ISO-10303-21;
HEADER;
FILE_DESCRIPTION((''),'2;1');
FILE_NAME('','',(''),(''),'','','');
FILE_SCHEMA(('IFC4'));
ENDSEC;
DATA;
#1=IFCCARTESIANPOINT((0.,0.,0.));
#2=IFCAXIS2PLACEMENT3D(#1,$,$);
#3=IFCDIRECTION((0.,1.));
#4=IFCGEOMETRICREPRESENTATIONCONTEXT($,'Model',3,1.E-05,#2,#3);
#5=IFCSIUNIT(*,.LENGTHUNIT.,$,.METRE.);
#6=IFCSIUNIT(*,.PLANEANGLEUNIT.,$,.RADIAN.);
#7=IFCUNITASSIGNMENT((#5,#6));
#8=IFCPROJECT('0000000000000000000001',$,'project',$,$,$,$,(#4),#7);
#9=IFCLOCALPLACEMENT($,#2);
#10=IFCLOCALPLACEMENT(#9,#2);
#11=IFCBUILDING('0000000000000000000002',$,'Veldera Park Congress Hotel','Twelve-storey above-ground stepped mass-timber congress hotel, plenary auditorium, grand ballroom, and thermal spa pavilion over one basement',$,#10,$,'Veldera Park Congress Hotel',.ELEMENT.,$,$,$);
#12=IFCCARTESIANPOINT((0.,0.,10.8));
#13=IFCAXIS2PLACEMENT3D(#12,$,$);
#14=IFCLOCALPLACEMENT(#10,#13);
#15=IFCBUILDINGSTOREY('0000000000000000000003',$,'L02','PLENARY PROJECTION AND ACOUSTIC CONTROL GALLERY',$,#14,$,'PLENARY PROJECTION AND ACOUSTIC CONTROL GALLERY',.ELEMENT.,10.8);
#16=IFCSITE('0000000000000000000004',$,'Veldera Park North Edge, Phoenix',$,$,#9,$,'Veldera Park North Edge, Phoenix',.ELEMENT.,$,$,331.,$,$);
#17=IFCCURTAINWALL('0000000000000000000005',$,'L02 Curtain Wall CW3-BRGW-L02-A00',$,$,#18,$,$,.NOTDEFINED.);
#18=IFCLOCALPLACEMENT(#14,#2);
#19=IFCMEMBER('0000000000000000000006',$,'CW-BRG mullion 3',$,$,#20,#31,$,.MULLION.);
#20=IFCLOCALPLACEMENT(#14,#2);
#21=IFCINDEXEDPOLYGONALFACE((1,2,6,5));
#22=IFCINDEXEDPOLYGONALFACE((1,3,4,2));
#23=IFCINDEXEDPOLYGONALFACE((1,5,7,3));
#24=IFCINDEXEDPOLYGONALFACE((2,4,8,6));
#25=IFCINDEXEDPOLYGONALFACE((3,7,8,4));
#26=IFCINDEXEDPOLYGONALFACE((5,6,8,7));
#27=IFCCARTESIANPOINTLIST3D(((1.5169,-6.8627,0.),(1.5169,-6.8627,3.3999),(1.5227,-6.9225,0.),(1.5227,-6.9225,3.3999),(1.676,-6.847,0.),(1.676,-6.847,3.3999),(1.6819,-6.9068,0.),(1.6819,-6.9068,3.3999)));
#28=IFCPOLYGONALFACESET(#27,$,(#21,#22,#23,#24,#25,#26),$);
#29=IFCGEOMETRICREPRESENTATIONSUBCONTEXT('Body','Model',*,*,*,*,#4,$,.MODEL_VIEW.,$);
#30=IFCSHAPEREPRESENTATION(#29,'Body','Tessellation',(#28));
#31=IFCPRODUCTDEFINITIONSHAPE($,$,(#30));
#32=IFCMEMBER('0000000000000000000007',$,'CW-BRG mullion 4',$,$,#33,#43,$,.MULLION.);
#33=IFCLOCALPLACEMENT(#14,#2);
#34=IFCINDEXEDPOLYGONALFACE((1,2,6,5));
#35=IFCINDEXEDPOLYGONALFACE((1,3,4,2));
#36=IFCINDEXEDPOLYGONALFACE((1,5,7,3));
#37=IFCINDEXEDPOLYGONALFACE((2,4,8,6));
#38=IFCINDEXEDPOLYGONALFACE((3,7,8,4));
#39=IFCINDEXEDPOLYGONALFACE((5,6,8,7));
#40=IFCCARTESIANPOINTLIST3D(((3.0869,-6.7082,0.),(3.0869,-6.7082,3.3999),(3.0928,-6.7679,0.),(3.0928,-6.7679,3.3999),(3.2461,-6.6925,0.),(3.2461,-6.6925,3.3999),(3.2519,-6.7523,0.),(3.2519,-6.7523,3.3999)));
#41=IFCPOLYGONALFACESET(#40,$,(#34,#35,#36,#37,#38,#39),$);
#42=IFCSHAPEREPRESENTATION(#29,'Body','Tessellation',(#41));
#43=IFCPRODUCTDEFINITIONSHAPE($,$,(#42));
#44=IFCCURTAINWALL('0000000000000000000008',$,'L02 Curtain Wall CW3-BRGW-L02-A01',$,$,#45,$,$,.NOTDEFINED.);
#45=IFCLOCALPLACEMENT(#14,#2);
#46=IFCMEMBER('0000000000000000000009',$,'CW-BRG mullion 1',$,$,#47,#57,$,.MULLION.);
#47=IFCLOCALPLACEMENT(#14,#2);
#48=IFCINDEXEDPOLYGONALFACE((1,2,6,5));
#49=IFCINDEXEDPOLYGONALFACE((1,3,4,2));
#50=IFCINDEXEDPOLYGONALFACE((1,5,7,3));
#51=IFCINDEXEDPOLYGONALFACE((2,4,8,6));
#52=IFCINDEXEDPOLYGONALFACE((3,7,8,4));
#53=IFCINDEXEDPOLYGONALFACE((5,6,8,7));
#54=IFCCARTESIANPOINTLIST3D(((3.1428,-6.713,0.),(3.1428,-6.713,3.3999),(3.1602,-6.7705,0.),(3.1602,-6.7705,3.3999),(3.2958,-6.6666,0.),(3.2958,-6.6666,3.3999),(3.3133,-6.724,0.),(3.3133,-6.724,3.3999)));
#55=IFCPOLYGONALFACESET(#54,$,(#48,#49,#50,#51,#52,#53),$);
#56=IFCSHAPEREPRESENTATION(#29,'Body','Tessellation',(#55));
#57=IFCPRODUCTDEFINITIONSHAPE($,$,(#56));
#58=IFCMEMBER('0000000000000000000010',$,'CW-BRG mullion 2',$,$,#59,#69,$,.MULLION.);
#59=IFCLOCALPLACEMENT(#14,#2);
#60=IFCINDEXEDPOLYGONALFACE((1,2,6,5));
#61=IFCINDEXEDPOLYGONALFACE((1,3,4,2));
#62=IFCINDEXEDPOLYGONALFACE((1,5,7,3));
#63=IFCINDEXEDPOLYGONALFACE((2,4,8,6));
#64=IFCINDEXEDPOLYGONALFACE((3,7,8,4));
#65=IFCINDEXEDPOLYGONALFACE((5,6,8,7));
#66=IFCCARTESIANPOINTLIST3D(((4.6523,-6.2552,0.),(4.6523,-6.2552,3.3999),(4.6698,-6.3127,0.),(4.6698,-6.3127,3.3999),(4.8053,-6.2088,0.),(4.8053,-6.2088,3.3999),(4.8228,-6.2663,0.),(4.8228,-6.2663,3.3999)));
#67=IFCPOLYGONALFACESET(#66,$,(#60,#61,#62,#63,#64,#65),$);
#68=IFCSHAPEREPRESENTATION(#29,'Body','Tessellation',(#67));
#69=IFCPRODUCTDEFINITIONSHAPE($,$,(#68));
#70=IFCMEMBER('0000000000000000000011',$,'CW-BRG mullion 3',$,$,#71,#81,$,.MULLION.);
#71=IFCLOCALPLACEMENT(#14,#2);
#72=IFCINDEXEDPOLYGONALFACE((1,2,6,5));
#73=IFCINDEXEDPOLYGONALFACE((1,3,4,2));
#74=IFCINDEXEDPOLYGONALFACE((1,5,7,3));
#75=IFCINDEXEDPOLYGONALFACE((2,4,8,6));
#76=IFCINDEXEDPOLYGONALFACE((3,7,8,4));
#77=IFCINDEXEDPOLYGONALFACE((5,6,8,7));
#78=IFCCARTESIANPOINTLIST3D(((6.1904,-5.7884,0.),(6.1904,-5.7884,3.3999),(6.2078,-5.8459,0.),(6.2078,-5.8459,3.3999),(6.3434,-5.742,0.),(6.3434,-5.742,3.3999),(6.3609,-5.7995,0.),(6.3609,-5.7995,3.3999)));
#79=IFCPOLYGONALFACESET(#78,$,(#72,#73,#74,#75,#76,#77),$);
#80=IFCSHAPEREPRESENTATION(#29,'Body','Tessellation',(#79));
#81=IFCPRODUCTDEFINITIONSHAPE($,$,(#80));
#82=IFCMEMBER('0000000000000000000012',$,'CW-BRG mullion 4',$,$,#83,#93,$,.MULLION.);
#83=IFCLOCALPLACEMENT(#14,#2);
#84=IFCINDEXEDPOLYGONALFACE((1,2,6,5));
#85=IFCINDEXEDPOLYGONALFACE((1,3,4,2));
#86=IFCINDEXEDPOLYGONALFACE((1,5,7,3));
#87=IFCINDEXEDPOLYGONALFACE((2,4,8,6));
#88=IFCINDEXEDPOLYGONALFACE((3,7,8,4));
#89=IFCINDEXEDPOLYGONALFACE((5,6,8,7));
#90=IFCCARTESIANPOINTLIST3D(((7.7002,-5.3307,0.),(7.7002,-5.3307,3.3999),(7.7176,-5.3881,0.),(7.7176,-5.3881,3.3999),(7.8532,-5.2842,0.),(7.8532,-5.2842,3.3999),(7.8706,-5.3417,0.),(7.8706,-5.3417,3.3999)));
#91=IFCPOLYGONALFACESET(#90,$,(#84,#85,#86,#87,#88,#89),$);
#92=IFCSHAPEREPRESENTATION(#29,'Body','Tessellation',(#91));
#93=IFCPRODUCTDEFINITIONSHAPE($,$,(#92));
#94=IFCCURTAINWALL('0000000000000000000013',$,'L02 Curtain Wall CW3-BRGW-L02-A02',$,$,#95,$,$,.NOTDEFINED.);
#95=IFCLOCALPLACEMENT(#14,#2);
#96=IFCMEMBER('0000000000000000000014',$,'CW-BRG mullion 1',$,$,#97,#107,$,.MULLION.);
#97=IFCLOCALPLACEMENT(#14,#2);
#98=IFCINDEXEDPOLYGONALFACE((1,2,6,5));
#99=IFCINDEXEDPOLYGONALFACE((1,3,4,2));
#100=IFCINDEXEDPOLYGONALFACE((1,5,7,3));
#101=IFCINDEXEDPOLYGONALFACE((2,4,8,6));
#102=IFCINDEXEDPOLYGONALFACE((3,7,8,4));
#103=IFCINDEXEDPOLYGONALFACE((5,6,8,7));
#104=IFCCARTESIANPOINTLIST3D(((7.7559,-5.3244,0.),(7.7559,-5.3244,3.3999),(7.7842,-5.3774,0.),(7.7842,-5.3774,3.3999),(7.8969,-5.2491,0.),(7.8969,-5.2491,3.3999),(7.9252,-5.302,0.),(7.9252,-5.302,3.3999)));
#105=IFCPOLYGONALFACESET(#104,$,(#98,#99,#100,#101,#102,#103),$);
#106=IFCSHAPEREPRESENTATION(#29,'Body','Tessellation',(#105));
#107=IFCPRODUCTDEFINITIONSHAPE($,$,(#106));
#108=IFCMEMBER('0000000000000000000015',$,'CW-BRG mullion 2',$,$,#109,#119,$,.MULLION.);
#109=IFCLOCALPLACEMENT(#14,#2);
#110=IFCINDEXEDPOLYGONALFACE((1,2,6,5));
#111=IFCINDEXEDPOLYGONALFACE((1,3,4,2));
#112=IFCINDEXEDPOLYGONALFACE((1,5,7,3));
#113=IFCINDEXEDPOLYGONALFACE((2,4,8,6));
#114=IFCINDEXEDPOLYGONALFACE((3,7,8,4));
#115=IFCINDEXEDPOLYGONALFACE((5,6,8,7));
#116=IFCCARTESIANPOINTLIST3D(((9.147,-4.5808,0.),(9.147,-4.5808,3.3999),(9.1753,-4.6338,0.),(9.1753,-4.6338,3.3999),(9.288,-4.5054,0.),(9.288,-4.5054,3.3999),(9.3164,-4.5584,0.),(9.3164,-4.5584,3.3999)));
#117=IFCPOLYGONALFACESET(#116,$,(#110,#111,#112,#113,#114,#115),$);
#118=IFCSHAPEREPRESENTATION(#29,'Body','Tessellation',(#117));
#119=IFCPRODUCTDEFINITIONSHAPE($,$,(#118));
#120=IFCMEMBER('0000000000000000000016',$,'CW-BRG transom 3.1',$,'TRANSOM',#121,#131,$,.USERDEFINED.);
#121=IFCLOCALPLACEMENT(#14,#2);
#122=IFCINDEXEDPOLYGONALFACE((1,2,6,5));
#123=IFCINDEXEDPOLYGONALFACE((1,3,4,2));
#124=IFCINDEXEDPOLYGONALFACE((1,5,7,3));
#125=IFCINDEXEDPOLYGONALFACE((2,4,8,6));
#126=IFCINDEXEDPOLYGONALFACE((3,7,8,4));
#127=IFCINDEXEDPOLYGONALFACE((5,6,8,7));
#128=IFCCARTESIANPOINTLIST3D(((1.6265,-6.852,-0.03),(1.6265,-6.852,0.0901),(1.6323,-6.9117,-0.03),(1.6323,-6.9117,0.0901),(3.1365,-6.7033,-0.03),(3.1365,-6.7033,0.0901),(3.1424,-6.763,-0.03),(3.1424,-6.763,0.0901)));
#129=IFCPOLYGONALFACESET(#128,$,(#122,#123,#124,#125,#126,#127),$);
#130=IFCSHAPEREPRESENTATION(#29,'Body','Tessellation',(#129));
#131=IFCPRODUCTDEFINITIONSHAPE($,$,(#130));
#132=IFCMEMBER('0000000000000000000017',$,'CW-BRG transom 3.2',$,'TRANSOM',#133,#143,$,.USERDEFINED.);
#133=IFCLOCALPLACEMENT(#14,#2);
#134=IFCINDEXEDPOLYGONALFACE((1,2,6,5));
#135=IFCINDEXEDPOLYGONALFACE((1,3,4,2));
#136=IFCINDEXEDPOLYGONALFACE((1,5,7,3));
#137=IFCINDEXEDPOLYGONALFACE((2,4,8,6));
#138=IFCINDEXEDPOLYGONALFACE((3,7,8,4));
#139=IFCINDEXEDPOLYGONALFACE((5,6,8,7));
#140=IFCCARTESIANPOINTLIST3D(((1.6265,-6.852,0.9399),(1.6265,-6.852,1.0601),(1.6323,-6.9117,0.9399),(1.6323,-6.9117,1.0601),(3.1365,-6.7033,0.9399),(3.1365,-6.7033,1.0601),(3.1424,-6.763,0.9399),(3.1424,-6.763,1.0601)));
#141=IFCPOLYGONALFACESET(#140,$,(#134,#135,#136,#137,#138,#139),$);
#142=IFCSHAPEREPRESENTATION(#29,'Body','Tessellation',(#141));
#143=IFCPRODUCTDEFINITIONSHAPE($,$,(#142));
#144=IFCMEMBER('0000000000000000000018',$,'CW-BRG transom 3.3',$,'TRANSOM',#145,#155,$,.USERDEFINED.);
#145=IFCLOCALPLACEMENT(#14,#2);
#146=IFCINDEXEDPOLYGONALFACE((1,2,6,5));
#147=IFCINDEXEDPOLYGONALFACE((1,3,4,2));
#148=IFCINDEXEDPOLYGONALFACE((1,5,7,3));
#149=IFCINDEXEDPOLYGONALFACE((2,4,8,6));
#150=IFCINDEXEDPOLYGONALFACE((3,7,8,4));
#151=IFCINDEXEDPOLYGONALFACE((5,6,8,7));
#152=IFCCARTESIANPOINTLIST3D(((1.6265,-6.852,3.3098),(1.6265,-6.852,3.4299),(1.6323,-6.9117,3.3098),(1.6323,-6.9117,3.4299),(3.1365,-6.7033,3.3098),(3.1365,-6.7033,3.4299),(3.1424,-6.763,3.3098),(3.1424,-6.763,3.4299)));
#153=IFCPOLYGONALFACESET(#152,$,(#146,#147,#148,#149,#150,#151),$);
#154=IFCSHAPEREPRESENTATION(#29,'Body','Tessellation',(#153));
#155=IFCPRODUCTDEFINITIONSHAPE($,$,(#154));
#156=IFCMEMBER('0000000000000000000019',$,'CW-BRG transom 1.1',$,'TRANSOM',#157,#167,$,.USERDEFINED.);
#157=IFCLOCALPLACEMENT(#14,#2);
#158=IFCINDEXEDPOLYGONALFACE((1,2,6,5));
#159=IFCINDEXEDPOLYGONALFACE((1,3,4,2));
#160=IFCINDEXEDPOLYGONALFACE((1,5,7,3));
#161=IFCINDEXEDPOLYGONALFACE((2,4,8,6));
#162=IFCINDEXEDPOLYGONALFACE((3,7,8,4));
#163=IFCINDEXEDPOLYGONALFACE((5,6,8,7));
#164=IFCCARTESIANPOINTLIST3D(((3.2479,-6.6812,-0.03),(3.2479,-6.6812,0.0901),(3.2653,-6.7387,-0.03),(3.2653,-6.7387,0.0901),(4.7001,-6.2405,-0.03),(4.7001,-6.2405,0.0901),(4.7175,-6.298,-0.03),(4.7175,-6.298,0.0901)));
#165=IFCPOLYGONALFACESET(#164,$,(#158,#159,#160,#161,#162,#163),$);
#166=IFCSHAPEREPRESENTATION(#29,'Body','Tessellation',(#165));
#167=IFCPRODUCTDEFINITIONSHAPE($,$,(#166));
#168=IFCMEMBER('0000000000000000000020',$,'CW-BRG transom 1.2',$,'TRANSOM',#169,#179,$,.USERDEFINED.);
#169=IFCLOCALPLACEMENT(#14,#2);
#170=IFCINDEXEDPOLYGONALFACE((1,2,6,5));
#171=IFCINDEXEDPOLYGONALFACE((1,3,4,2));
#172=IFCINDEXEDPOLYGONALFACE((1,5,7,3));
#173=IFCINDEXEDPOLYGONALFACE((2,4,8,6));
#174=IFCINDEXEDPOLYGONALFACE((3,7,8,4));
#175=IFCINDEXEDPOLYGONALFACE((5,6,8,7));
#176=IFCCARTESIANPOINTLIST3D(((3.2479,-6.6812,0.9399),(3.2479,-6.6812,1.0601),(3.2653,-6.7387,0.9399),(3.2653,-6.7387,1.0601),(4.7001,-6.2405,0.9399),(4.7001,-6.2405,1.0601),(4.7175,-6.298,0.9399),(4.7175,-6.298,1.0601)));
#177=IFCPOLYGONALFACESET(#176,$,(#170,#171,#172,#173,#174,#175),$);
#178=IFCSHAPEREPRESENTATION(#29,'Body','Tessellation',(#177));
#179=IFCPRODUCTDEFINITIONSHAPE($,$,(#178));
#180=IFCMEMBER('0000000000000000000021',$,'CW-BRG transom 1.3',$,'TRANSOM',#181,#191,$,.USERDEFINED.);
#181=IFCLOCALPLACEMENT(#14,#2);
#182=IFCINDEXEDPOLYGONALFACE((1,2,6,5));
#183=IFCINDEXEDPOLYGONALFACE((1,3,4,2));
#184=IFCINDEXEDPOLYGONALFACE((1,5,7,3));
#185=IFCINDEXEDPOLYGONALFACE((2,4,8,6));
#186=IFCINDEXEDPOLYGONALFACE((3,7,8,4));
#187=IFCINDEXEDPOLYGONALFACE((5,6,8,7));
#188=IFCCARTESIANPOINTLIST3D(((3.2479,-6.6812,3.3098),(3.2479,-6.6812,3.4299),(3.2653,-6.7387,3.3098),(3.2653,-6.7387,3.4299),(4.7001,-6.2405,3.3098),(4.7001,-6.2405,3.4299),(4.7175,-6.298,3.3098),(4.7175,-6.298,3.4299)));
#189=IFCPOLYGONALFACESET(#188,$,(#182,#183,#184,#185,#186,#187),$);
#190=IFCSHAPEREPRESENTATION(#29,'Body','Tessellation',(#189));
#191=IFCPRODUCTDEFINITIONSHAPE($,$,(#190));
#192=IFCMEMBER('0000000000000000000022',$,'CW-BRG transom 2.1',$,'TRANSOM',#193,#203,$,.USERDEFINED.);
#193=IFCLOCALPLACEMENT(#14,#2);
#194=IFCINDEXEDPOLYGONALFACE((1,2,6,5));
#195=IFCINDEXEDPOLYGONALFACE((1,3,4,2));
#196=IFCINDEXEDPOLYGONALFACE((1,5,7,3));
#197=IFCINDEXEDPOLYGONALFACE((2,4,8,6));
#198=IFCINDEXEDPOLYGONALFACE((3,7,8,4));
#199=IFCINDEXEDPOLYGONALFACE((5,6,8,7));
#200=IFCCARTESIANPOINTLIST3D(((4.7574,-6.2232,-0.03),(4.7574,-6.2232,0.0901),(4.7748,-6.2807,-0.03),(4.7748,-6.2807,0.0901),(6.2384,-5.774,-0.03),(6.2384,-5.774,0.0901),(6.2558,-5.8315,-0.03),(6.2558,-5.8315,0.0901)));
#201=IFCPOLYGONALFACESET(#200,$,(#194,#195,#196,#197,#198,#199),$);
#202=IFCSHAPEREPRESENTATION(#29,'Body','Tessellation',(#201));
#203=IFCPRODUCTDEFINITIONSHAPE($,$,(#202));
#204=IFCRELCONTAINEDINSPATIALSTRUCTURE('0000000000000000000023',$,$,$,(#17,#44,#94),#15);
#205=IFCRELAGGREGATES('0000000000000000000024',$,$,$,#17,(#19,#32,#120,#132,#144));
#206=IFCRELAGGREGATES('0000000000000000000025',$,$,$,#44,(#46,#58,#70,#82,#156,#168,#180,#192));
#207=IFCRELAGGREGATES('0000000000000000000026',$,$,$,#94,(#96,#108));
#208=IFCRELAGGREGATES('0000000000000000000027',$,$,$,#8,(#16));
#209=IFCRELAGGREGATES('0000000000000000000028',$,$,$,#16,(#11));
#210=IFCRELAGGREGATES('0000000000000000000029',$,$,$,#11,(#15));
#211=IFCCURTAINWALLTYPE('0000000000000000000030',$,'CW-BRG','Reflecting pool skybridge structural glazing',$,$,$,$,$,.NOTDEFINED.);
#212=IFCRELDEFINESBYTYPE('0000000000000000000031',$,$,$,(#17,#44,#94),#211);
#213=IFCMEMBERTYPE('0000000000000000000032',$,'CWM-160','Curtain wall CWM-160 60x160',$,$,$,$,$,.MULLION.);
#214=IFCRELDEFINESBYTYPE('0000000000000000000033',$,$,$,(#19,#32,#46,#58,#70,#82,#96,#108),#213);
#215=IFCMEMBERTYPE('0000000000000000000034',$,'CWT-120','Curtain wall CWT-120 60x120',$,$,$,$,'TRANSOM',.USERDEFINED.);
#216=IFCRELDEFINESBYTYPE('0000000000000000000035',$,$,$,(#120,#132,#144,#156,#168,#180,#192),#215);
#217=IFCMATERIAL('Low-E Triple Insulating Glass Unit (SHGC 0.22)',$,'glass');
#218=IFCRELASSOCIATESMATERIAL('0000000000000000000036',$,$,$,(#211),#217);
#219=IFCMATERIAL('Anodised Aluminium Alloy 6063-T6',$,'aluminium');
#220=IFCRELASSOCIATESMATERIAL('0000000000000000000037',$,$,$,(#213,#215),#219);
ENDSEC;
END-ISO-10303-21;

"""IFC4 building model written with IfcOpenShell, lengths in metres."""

from ifc_helpers import new_model, si_unit, direction, frame, origin, origin_2d, place, context, subcontext, project, spatial, rectangle, extrude, material, material_profile, profile_set, type_object, element, aggregate, save


model = new_model("IFC4")

# Units and contexts
model_context = context("Model", 3, precision=1e-05, world=origin(), true_north=direction((0.0, 1.0)))
body_context = subcontext(model_context, "Body", "Model", "MODEL_VIEW")
ifc_project = project(units=[si_unit("LENGTHUNIT", "METRE"), si_unit("PLANEANGLEUNIT", "RADIAN")], contexts=[model_context])

# Site, building, storey
site_placement = place(None, origin())
site = spatial("IfcSite", under=ifc_project, at=site_placement, Name="Veldera Park North Edge, Phoenix", LongName="Veldera Park North Edge, Phoenix", CompositionType="ELEMENT", RefElevation=331.0)
building_placement = place(site_placement, origin())
building = spatial("IfcBuilding", under=site, at=building_placement, Name="Veldera Park Congress Hotel", Description="Twelve-storey above-ground stepped mass-timber congress hotel, plenary auditorium, grand ballroom, and thermal spa pavilion over one basement", LongName="Veldera Park Congress Hotel", CompositionType="ELEMENT")
storey_placement = place(building_placement, frame((0.0, 0.0, 10.8)))
storey = spatial("IfcBuildingStorey", under=building, at=storey_placement, Name="L02", Description="PLENARY PROJECTION AND ACOUSTIC CONTROL GALLERY", LongName="PLENARY PROJECTION AND ACOUSTIC CONTROL GALLERY", CompositionType="ELEMENT", Elevation=10.8)

# Curtain walls, members
ifc_material_1 = material(Name="Low-E Triple Insulating Glass Unit (SHGC 0.22)", Category="glass")
curtain_wall_type = type_object("IfcCurtainWallType", Name="CW-BRG", Description="Reflecting pool skybridge structural glazing", PredefinedType="NOTDEFINED", material=ifc_material_1)
curtain_wall_1_placement = place(storey_placement, origin())
curtain_wall_1 = element("IfcCurtainWall", 1, at=curtain_wall_1_placement, inside=storey, type_object=curtain_wall_type, Name="L02 Curtain Wall CW3-BRGW-L02-A00", PredefinedType="NOTDEFINED")
ifc_material_2 = material(Name="Anodised Aluminium Alloy 6063-T6", Category="aluminium")
ifc_material_profile_1 = material_profile(ifc_material_2, rectangle(XDim=0.0601, YDim=0.1599, at=origin_2d()), Name="ALU 60x160")
ifc_profile_set_1 = profile_set([ifc_material_profile_1], Name="Anodised Aluminium Alloy 6063-T6")
member_type_1 = type_object("IfcMemberType", Name="CWM-160", Description="Curtain wall CWM-160 60x160", PredefinedType="MULLION", material=ifc_profile_set_1)
member_1_placement = place(storey_placement, frame((1.5994, -6.8848, 0.0), z_axis=(0.0, 0.0, 1.0), x_axis=(-0.098021, 0.995184, 0.0)))
member_1 = element("IfcMember", 2, at=member_1_placement, type_object=member_type_1, Name="CW-BRG mullion 3", PredefinedType="MULLION", context=body_context, shape_type="SweptSolid", body=[
    extrude(rectangle(XDim=0.0601, YDim=0.1599, at=origin_2d()), origin(), (0.0, 0.0, 1.0), 3.3999),
])
member_2_placement = place(storey_placement, frame((3.1694, -6.7302, 0.0), z_axis=(0.0, 0.0, 1.0), x_axis=(-0.098021, 0.995184, 0.0)))
member_2 = element("IfcMember", 3, at=member_2_placement, type_object=member_type_1, Name="CW-BRG mullion 4", PredefinedType="MULLION", context=body_context, shape_type="SweptSolid", body=[
    extrude(rectangle(XDim=0.0601, YDim=0.1599, at=origin_2d()), origin(), (0.0, 0.0, 1.0), 3.3999),
])
curtain_wall_2_placement = place(storey_placement, origin())
curtain_wall_2 = element("IfcCurtainWall", 4, at=curtain_wall_2_placement, inside=storey, type_object=curtain_wall_type, Name="L02 Curtain Wall CW3-BRGW-L02-A01", PredefinedType="NOTDEFINED")
member_3_placement = place(storey_placement, frame((3.228, -6.7185, 0.0), z_axis=(0.0, 0.0, 1.0), x_axis=(-0.290288, 0.956939, 0.0)))
member_3 = element("IfcMember", 5, at=member_3_placement, type_object=member_type_1, Name="CW-BRG mullion 1", PredefinedType="MULLION", context=body_context, shape_type="SweptSolid", body=[
    extrude(rectangle(XDim=0.0601, YDim=0.1599, at=origin_2d()), origin(), (0.0, 0.0, 1.0), 3.3999),
])
member_4_placement = place(storey_placement, frame((4.7375, -6.2607, 0.0), z_axis=(0.0, 0.0, 1.0), x_axis=(-0.290288, 0.956939, 0.0)))
member_4 = element("IfcMember", 6, at=member_4_placement, type_object=member_type_1, Name="CW-BRG mullion 2", PredefinedType="MULLION", context=body_context, shape_type="SweptSolid", body=[
    extrude(rectangle(XDim=0.0601, YDim=0.1599, at=origin_2d()), origin(), (0.0, 0.0, 1.0), 3.3999),
])
member_5_placement = place(storey_placement, frame((6.2756, -5.7939, 0.0), z_axis=(0.0, 0.0, 1.0), x_axis=(-0.290288, 0.956939, 0.0)))
member_5 = element("IfcMember", 7, at=member_5_placement, type_object=member_type_1, Name="CW-BRG mullion 3", PredefinedType="MULLION", context=body_context, shape_type="SweptSolid", body=[
    extrude(rectangle(XDim=0.0601, YDim=0.1599, at=origin_2d()), origin(), (0.0, 0.0, 1.0), 3.3999),
])
member_6_placement = place(storey_placement, frame((7.7854, -5.3362, 0.0), z_axis=(0.0, 0.0, 1.0), x_axis=(-0.290288, 0.956939, 0.0)))
member_6 = element("IfcMember", 8, at=member_6_placement, type_object=member_type_1, Name="CW-BRG mullion 4", PredefinedType="MULLION", context=body_context, shape_type="SweptSolid", body=[
    extrude(rectangle(XDim=0.0601, YDim=0.1599, at=origin_2d()), origin(), (0.0, 0.0, 1.0), 3.3999),
])
curtain_wall_3_placement = place(storey_placement, origin())
curtain_wall_3 = element("IfcCurtainWall", 9, at=curtain_wall_3_placement, inside=storey, type_object=curtain_wall_type, Name="L02 Curtain Wall CW3-BRGW-L02-A02", PredefinedType="NOTDEFINED")
member_7_placement = place(storey_placement, frame((7.8406, -5.3132, 0.0), z_axis=(0.0, 0.0, 1.0), x_axis=(-0.471385, 0.881928, 0.0)))
member_7 = element("IfcMember", 10, at=member_7_placement, type_object=member_type_1, Name="CW-BRG mullion 1", PredefinedType="MULLION", context=body_context, shape_type="SweptSolid", body=[
    extrude(rectangle(XDim=0.0601, YDim=0.1599, at=origin_2d()), origin(), (0.0, 0.0, 1.0), 3.3999),
])
member_8_placement = place(storey_placement, frame((9.2317, -4.5696, 0.0), z_axis=(0.0, 0.0, 1.0), x_axis=(-0.471385, 0.881928, 0.0)))
member_8 = element("IfcMember", 11, at=member_8_placement, type_object=member_type_1, Name="CW-BRG mullion 2", PredefinedType="MULLION", context=body_context, shape_type="SweptSolid", body=[
    extrude(rectangle(XDim=0.0601, YDim=0.1599, at=origin_2d()), origin(), (0.0, 0.0, 1.0), 3.3999),
])

# Members
ifc_material_profile_2 = material_profile(ifc_material_2, rectangle(XDim=0.0601, YDim=0.1201, at=origin_2d()), Name="ALU 60x120")
ifc_profile_set_2 = profile_set([ifc_material_profile_2], Name="Anodised Aluminium Alloy 6063-T6")
member_type_2 = type_object("IfcMemberType", Name="CWT-120", Description="Curtain wall CWT-120 60x120", ElementType="TRANSOM", PredefinedType="USERDEFINED", material=ifc_profile_set_2)
member_9_placement = place(storey_placement, frame((1.6294, -6.8818, 0.03), z_axis=(0.995187, 0.09799, 0.0), x_axis=(-0.09799, 0.995187, 0.0)))
member_9 = element("IfcMember", 12, at=member_9_placement, type_object=member_type_2, Name="CW-BRG transom 3.1", ObjectType="TRANSOM", PredefinedType="USERDEFINED", context=body_context, shape_type="SweptSolid", body=[
    extrude(rectangle(XDim=0.0601, YDim=0.1201, at=origin_2d()), origin(), (0.0, 0.0, 1.0), 1.5173),
])
member_10_placement = place(storey_placement, frame((1.6294, -6.8818, 1.0), z_axis=(0.995187, 0.09799, 0.0), x_axis=(-0.09799, 0.995187, 0.0)))
member_10 = element("IfcMember", 13, at=member_10_placement, type_object=member_type_2, Name="CW-BRG transom 3.2", ObjectType="TRANSOM", PredefinedType="USERDEFINED", context=body_context, shape_type="SweptSolid", body=[
    extrude(rectangle(XDim=0.0601, YDim=0.1201, at=origin_2d()), origin(), (0.0, 0.0, 1.0), 1.5173),
])
member_11_placement = place(storey_placement, frame((1.6294, -6.8818, 3.3699), z_axis=(0.995187, 0.09799, 0.0), x_axis=(-0.09799, 0.995187, 0.0)))
member_11 = element("IfcMember", 14, at=member_11_placement, type_object=member_type_2, Name="CW-BRG transom 3.3", ObjectType="TRANSOM", PredefinedType="USERDEFINED", context=body_context, shape_type="SweptSolid", body=[
    extrude(rectangle(XDim=0.0601, YDim=0.1201, at=origin_2d()), origin(), (0.0, 0.0, 1.0), 1.5173),
])
member_12_placement = place(storey_placement, frame((3.2566, -6.71, 0.03), z_axis=(0.956909, 0.290387, 0.0), x_axis=(-0.290387, 0.956909, 0.0)))
member_12 = element("IfcMember", 15, at=member_12_placement, type_object=member_type_2, Name="CW-BRG transom 1.1", ObjectType="TRANSOM", PredefinedType="USERDEFINED", context=body_context, shape_type="SweptSolid", body=[
    extrude(rectangle(XDim=0.0601, YDim=0.1201, at=origin_2d()), origin(), (0.0, 0.0, 1.0), 1.5176),
])
member_13_placement = place(storey_placement, frame((3.2566, -6.71, 1.0), z_axis=(0.956909, 0.290387, 0.0), x_axis=(-0.290387, 0.956909, 0.0)))
member_13 = element("IfcMember", 16, at=member_13_placement, type_object=member_type_2, Name="CW-BRG transom 1.2", ObjectType="TRANSOM", PredefinedType="USERDEFINED", context=body_context, shape_type="SweptSolid", body=[
    extrude(rectangle(XDim=0.0601, YDim=0.1201, at=origin_2d()), origin(), (0.0, 0.0, 1.0), 1.5176),
])
member_14_placement = place(storey_placement, frame((3.2566, -6.71, 3.3699), z_axis=(0.956909, 0.290387, 0.0), x_axis=(-0.290387, 0.956909, 0.0)))
member_14 = element("IfcMember", 17, at=member_14_placement, type_object=member_type_2, Name="CW-BRG transom 1.3", ObjectType="TRANSOM", PredefinedType="USERDEFINED", context=body_context, shape_type="SweptSolid", body=[
    extrude(rectangle(XDim=0.0601, YDim=0.1201, at=origin_2d()), origin(), (0.0, 0.0, 1.0), 1.5176),
])
member_15_placement = place(storey_placement, frame((4.7661, -6.252, 0.03), z_axis=(0.956945, 0.29027, 0.0), x_axis=(-0.29027, 0.956945, 0.0)))
member_15 = element("IfcMember", 18, at=member_15_placement, type_object=member_type_2, Name="CW-BRG transom 2.1", ObjectType="TRANSOM", PredefinedType="USERDEFINED", context=body_context, shape_type="SweptSolid", body=[
    extrude(rectangle(XDim=0.0601, YDim=0.1201, at=origin_2d()), origin(), (0.0, 0.0, 1.0), 1.5476),
])

aggregate(curtain_wall_1, [member_1, member_2, member_9, member_10, member_11])
aggregate(curtain_wall_2, [member_3, member_4, member_5, member_6, member_12, member_13, member_14, member_15])
aggregate(curtain_wall_3, [member_7, member_8])

save(model, "model.ifc")
